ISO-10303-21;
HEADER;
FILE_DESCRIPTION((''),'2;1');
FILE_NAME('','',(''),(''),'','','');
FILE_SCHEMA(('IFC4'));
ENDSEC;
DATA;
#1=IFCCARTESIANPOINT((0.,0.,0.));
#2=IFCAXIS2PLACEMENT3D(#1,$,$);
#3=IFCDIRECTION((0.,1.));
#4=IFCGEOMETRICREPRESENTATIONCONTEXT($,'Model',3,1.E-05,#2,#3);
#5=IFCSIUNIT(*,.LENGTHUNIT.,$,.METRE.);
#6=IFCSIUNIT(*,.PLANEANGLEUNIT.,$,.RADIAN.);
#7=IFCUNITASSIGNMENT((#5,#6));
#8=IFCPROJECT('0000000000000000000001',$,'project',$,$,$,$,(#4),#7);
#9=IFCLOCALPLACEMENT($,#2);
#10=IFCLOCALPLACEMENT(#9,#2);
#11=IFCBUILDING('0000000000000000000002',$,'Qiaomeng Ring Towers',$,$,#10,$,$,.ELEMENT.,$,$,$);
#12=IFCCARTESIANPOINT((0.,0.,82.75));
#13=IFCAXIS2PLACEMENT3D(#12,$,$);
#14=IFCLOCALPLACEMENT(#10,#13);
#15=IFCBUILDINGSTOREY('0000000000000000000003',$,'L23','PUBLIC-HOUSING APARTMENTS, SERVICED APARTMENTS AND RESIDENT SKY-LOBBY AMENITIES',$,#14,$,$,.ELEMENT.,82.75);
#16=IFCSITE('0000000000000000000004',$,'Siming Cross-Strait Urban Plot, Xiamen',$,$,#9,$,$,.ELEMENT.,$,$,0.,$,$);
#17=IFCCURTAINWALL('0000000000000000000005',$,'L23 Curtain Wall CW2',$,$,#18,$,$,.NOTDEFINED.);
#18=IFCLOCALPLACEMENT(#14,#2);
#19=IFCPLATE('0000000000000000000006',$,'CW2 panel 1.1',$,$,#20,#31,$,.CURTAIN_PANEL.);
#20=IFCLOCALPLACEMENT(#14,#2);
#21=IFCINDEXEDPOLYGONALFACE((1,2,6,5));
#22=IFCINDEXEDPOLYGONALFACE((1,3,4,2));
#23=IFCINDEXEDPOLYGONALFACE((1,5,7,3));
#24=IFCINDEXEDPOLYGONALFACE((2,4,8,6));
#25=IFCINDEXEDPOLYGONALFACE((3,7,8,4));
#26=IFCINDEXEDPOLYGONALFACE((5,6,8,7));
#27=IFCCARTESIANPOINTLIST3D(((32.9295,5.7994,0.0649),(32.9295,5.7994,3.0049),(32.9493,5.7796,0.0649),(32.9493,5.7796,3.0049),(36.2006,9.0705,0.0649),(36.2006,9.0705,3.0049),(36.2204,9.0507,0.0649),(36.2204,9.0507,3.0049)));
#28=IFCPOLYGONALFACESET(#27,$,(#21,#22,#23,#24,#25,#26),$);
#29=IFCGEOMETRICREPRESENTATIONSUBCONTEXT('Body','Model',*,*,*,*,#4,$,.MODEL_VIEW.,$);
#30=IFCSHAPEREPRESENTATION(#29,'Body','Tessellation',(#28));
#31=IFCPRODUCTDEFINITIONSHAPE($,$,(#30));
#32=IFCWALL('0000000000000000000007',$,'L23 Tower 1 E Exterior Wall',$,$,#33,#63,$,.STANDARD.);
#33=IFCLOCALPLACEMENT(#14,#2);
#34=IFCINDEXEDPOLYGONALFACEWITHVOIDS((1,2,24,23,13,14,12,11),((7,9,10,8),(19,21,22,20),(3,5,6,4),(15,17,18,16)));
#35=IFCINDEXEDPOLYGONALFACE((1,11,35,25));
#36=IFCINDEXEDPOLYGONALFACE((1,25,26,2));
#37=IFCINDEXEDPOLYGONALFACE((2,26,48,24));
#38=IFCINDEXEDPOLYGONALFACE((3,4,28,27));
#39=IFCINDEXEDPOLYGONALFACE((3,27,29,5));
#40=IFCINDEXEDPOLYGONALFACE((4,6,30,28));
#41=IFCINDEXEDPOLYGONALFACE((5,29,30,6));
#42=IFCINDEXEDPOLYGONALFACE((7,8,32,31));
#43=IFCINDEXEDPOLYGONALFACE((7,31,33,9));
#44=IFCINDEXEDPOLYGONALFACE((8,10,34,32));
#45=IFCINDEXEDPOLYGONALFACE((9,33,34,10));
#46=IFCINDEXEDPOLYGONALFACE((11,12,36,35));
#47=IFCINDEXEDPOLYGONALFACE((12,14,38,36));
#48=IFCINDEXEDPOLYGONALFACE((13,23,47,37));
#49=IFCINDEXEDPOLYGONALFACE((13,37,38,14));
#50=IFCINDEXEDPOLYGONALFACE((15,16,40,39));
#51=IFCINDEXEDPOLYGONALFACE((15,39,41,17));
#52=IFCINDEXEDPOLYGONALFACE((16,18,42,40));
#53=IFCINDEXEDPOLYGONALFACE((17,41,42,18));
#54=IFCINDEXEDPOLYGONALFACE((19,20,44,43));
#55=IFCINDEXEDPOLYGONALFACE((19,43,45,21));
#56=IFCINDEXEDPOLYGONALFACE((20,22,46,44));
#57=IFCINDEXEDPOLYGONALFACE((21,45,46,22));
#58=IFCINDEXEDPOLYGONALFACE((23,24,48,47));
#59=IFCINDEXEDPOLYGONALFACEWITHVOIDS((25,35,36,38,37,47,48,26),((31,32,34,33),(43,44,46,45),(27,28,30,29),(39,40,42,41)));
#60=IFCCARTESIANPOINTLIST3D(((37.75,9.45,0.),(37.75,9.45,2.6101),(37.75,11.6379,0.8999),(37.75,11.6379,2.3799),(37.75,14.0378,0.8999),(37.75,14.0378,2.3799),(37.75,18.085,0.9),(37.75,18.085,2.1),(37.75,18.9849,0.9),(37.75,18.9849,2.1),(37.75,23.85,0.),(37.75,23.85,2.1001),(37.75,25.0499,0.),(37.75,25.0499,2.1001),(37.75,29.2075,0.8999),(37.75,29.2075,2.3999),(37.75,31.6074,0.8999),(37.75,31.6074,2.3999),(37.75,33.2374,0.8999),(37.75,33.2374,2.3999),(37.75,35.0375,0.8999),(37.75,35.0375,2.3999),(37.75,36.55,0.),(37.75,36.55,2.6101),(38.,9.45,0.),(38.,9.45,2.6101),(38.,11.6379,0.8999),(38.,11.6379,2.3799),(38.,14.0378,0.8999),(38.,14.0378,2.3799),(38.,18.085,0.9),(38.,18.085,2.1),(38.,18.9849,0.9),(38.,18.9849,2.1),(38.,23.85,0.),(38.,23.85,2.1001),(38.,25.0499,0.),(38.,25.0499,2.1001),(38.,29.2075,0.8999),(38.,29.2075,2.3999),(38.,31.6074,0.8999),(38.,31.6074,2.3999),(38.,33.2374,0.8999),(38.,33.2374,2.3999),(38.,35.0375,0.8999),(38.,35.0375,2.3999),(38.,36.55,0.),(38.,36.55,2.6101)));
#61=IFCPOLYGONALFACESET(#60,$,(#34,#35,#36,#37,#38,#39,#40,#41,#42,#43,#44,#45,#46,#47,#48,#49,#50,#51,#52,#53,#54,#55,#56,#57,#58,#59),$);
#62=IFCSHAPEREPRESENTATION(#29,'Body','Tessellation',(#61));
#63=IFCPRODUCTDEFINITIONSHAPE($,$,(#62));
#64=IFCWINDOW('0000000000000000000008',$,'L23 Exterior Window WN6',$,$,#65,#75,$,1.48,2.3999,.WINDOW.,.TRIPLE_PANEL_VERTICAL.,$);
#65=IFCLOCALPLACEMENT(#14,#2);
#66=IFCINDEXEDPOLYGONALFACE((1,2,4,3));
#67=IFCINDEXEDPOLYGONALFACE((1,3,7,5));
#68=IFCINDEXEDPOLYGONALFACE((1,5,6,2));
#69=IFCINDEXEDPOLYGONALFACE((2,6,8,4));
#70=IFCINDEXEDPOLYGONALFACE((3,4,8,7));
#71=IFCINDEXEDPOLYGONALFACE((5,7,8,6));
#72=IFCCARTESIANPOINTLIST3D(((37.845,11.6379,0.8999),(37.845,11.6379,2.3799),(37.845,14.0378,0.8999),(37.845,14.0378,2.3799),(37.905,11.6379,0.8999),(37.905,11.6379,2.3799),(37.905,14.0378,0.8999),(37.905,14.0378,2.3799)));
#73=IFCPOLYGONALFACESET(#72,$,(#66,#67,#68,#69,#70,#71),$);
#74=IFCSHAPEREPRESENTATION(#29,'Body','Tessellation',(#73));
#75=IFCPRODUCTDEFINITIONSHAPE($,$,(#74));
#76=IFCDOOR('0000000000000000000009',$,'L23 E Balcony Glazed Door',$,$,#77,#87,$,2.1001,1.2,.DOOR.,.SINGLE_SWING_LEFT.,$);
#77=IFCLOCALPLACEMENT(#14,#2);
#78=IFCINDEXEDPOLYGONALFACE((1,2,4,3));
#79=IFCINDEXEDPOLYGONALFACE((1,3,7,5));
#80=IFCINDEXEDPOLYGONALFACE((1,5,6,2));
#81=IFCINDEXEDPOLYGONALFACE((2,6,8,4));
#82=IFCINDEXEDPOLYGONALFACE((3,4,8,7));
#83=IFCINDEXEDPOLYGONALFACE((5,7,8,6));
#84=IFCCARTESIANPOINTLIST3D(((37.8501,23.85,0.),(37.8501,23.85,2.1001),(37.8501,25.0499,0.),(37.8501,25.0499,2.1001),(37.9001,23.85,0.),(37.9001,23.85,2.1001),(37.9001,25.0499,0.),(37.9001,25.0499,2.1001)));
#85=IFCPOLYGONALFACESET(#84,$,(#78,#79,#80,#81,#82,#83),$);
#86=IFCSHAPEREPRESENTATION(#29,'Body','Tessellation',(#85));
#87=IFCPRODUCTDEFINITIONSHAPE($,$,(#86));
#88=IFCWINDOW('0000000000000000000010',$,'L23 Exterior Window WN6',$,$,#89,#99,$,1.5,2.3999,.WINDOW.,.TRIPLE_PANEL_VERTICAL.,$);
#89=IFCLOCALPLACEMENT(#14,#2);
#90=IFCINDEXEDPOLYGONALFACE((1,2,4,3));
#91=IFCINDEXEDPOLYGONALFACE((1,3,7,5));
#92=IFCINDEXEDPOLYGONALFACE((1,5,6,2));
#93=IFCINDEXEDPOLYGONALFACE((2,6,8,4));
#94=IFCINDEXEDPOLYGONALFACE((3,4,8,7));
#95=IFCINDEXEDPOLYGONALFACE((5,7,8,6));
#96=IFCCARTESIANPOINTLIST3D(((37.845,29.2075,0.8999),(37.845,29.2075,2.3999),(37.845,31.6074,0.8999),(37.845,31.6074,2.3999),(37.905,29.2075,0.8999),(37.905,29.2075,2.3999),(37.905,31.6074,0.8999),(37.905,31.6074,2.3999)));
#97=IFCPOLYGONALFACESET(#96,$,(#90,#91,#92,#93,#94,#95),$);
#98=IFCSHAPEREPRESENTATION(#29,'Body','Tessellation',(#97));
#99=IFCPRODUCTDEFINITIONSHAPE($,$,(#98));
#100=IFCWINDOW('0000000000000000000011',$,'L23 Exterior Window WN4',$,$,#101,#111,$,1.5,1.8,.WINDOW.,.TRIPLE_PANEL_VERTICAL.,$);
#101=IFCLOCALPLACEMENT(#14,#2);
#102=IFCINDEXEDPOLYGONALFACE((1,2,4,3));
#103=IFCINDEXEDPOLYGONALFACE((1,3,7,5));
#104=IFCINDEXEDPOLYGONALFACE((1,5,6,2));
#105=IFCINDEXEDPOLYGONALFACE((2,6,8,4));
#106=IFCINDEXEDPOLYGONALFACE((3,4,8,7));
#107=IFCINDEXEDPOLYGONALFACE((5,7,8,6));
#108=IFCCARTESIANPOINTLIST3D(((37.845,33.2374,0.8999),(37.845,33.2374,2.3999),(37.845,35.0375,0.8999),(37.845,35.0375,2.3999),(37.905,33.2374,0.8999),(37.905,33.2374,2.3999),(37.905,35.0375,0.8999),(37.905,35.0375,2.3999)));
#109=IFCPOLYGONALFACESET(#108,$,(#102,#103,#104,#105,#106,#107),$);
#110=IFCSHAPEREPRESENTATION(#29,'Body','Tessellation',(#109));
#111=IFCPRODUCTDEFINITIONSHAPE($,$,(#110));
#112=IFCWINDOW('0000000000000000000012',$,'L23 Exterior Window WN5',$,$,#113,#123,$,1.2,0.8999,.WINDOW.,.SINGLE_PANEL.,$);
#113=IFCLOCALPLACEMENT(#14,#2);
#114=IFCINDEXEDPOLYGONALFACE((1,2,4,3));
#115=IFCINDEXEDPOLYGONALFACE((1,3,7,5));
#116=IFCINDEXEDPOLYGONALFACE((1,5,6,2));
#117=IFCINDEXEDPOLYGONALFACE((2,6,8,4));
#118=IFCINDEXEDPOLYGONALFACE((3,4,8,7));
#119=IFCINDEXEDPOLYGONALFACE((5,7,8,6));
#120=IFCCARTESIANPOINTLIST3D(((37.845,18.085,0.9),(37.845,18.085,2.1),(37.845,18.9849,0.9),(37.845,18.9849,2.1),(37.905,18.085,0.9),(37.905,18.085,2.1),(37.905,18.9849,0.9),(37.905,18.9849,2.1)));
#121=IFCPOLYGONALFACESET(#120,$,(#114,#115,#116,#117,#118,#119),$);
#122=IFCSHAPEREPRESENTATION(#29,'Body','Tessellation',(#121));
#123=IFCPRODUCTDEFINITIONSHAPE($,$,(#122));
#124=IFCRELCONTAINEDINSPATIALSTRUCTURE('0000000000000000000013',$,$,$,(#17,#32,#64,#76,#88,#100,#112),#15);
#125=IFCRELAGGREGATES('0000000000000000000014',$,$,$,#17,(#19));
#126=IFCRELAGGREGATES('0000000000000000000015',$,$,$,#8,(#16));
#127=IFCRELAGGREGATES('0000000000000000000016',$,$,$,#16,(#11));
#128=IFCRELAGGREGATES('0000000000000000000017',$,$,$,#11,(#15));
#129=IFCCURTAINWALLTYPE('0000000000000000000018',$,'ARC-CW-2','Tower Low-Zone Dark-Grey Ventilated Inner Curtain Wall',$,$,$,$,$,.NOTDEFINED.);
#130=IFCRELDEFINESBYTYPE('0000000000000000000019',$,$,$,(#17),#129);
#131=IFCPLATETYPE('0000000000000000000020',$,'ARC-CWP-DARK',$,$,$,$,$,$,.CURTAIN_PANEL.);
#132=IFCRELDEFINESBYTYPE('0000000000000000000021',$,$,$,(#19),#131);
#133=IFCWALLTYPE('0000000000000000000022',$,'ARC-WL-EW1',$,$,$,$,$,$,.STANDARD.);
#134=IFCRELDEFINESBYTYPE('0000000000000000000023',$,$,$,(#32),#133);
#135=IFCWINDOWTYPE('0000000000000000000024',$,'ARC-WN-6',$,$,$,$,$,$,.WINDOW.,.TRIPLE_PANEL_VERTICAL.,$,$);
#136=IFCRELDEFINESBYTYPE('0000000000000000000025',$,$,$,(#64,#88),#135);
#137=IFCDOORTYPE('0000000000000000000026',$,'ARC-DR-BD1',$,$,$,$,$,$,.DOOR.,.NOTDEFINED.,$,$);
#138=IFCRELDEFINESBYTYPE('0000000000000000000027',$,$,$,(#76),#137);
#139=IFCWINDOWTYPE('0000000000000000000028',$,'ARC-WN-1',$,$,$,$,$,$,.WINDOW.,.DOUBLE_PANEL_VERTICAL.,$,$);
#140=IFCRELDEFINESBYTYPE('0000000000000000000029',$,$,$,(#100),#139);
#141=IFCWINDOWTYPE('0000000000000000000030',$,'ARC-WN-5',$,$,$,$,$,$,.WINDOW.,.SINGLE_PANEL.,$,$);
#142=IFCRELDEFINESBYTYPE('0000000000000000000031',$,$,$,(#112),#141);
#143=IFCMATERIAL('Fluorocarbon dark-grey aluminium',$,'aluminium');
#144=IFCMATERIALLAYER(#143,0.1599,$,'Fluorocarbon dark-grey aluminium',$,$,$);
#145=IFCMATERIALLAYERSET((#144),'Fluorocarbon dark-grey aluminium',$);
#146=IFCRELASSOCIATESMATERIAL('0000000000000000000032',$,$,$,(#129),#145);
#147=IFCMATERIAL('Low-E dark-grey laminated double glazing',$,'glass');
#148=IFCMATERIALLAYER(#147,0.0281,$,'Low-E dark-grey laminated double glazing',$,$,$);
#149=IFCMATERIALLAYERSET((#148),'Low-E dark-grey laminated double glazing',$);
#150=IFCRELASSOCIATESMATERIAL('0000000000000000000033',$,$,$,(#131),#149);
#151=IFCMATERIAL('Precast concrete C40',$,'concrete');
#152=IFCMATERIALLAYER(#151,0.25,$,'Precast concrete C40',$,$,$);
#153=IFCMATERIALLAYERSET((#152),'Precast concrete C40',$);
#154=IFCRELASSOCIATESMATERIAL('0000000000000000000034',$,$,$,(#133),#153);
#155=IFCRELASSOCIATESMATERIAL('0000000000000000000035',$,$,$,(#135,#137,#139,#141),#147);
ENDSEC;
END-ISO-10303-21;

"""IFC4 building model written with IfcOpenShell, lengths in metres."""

from ifc_helpers import new_model, si_unit, direction, frame, frame_2d, origin, origin_2d, place, context, subcontext, project, spatial, rectangle, extrude, source, transform, mapped, material, layer, layer_set, type_object, element, fill, aggregate, save


model = new_model("IFC4")

# Units and contexts
model_context = context("Model", 3, precision=1e-05, world=origin(), true_north=direction((0.0, 1.0)))
body_context = subcontext(model_context, "Body", "Model", "MODEL_VIEW")
ifc_project = project(units=[si_unit("LENGTHUNIT", "METRE"), si_unit("PLANEANGLEUNIT", "RADIAN")], contexts=[model_context])

# Site, building, storey
site_placement = place(None, origin())
site = spatial("IfcSite", under=ifc_project, at=site_placement, Name="Siming Cross-Strait Urban Plot, Xiamen", CompositionType="ELEMENT", RefElevation=0.0)
building_placement = place(site_placement, origin())
building = spatial("IfcBuilding", under=site, at=building_placement, Name="Qiaomeng Ring Towers", CompositionType="ELEMENT")
storey_placement = place(building_placement, frame((0.0, 0.0, 82.75)))
storey = spatial("IfcBuildingStorey", under=building, at=storey_placement, Name="L23", Description="PUBLIC-HOUSING APARTMENTS, SERVICED APARTMENTS AND RESIDENT SKY-LOBBY AMENITIES", CompositionType="ELEMENT", Elevation=82.75)

# Curtain wall
ifc_material_1 = material(Name="Fluorocarbon dark-grey aluminium", Category="aluminium")
ifc_layer_1 = layer(ifc_material_1, 0.1599, Name="Fluorocarbon dark-grey aluminium")
ifc_layer_set_1 = layer_set([ifc_layer_1], Name="Fluorocarbon dark-grey aluminium")
curtain_wall_type = type_object("IfcCurtainWallType", Name="ARC-CW-2", Description="Tower Low-Zone Dark-Grey Ventilated Inner Curtain Wall", PredefinedType="NOTDEFINED", material=ifc_layer_set_1)
curtain_wall_placement = place(storey_placement, origin())
curtain_wall = element("IfcCurtainWall", 1, at=curtain_wall_placement, inside=storey, type_object=curtain_wall_type, Name="L23 Curtain Wall CW2", PredefinedType="NOTDEFINED")

# Plate
ifc_material_2 = material(Name="Low-E dark-grey laminated double glazing", Category="glass")
ifc_layer_2 = layer(ifc_material_2, 0.0281, Name="Low-E dark-grey laminated double glazing")
ifc_layer_set_2 = layer_set([ifc_layer_2], Name="Low-E dark-grey laminated double glazing")
plate_type = type_object("IfcPlateType", Name="ARC-CWP-DARK", PredefinedType="CURTAIN_PANEL", material=ifc_layer_set_2)
shared_shape_1 = source(origin(), body_context, "Body", "SweptSolid", [
    extrude(rectangle(XDim=4.626, YDim=0.0281, at=origin_2d()), origin(), (0.0, 0.0, 1.0), 2.9399),
])
plate_placement = place(storey_placement, frame((34.575, 7.425, 0.0649), z_axis=(0.0, 0.0, 1.0), x_axis=(0.707107, 0.707107, 0.0)))
plate = element("IfcPlate", 2, at=plate_placement, type_object=plate_type, Name="CW2 panel 1.1", PredefinedType="CURTAIN_PANEL", context=body_context, shape_type="MappedRepresentation", body=[
    mapped(shared_shape_1, transform((0.0, 0.0, 0.0), x_axis=(1.0, 0.0, 0.0), y_axis=(0.0, 1.0, 0.0), z_axis=(0.0, 0.0, 1.0), scale=1.0)),
])
aggregate(curtain_wall, [plate])

# Wall, openings, windows, door
ifc_material_3 = material(Name="Precast concrete C40", Category="concrete")
ifc_layer_3 = layer(ifc_material_3, 0.25, Name="Precast concrete C40")
ifc_layer_set_3 = layer_set([ifc_layer_3], Name="Precast concrete C40")
wall_type_1 = type_object("IfcWallType", Name="ARC-WL-EW1", PredefinedType="STANDARD", material=ifc_layer_set_3)
wall_1_placement = place(storey_placement, frame((37.875, 9.45, 0.0), z_axis=(0.0, 0.0, 1.0), x_axis=(0.0, 1.0, 0.0)))
wall_1 = element("IfcWall", 3, at=wall_1_placement, inside=storey, type_object=wall_type_1, Name="L23 Tower 1 E Exterior Wall", PredefinedType="STANDARD", context=body_context, shape_type="SweptSolid", body=[
    extrude(rectangle(XDim=27.1001, YDim=0.25, at=frame_2d((13.55, 0.0))), origin(), (0.0, 0.0, 1.0), 2.6101),
])
opening_1_placement = place(wall_1_placement, frame((14.3999, 0.0, 0.0)))
opening_1 = element("IfcOpeningElement", 4, at=opening_1_placement, cuts=wall_1, PredefinedType="OPENING", context=body_context, shape_type="SweptSolid", body=[
    extrude(rectangle(XDim=1.2, YDim=2.1001, at=frame_2d((0.6001, 1.05))), frame((0.0, 0.135, 0.0), z_axis=(0.0, -1.0, 0.0), x_axis=(1.0, 0.0, 0.0)), (0.0, 0.0, 1.0), 0.27),
])
opening_2_placement = place(wall_1_placement, frame((2.188, 0.0, 0.8999)))
opening_2 = element("IfcOpeningElement", 5, at=opening_2_placement, cuts=wall_1, PredefinedType="OPENING", context=body_context, shape_type="SweptSolid", body=[
    extrude(rectangle(XDim=2.3999, YDim=1.48, at=frame_2d((1.2, 0.74))), frame((0.0, 0.135, 0.0), z_axis=(0.0, -1.0, 0.0), x_axis=(1.0, 0.0, 0.0)), (0.0, 0.0, 1.0), 0.27),
])
opening_3_placement = place(wall_1_placement, frame((23.7876, 0.0, 0.8999)))
opening_3 = element("IfcOpeningElement", 6, at=opening_3_placement, cuts=wall_1, PredefinedType="OPENING", context=body_context, shape_type="SweptSolid", body=[
    extrude(rectangle(XDim=1.8, YDim=1.5, at=frame_2d((0.8999, 0.75))), frame((0.0, 0.135, 0.0), z_axis=(0.0, -1.0, 0.0), x_axis=(1.0, 0.0, 0.0)), (0.0, 0.0, 1.0), 0.27),
])
opening_4_placement = place(wall_1_placement, frame((19.7576, 0.0, 0.8999)))
opening_4 = element("IfcOpeningElement", 7, at=opening_4_placement, cuts=wall_1, PredefinedType="OPENING", context=body_context, shape_type="SweptSolid", body=[
    extrude(rectangle(XDim=2.3999, YDim=1.5, at=frame_2d((1.2, 0.75))), frame((0.0, 0.135, 0.0), z_axis=(0.0, -1.0, 0.0), x_axis=(1.0, 0.0, 0.0)), (0.0, 0.0, 1.0), 0.27),
])
opening_5_placement = place(wall_1_placement, frame((8.635, 0.0, 0.8999)))
opening_5 = element("IfcOpeningElement", 8, at=opening_5_placement, cuts=wall_1, PredefinedType="OPENING", context=body_context, shape_type="SweptSolid", body=[
    extrude(rectangle(XDim=0.8999, YDim=1.2, at=frame_2d((0.45, 0.6001))), frame((0.0, 0.135, 0.0), z_axis=(0.0, -1.0, 0.0), x_axis=(1.0, 0.0, 0.0)), (0.0, 0.0, 1.0), 0.27),
])
window_type_1 = type_object("IfcWindowType", Name="ARC-WN-6", PartitioningType="TRIPLE_PANEL_VERTICAL", PredefinedType="WINDOW", material=ifc_material_2)
shared_shape_2 = source(origin(), body_context, "Body", "SweptSolid", [
    extrude(rectangle(XDim=2.3999, YDim=1.48, at=frame_2d((1.2, 0.74))), frame((0.0, 0.03, 0.0), z_axis=(0.0, -1.0, 0.0), x_axis=(1.0, 0.0, 0.0)), (0.0, 0.0, 1.0), 0.0601),
])
window_1_placement = place(opening_2_placement, origin())
window_1 = element("IfcWindow", 9, at=window_1_placement, inside=storey, type_object=window_type_1, Name="L23 Exterior Window WN6", OverallHeight=1.48, OverallWidth=2.3999, PartitioningType="TRIPLE_PANEL_VERTICAL", PredefinedType="WINDOW", context=body_context, shape_type="MappedRepresentation", body=[
    mapped(shared_shape_2, transform((0.0, 0.0, 0.0), x_axis=(1.0, 0.0, 0.0), y_axis=(0.0, 1.0, 0.0), z_axis=(0.0, 0.0, 1.0), scale=1.0)),
])
fill(opening_2, window_1)
door_type = type_object("IfcDoorType", Name="ARC-DR-BD1", OperationType="NOTDEFINED", PredefinedType="DOOR", material=ifc_material_2)
shared_shape_3 = source(origin(), body_context, "Body", "SweptSolid", [
    extrude(rectangle(XDim=1.2, YDim=2.1001, at=frame_2d((0.6001, 1.05))), frame((0.0, 0.0249, 0.0), z_axis=(0.0, -1.0, 0.0), x_axis=(1.0, 0.0, 0.0)), (0.0, 0.0, 1.0), 0.05),
])
door_placement = place(opening_1_placement, origin())
door = element("IfcDoor", 10, at=door_placement, inside=storey, type_object=door_type, Name="L23 E Balcony Glazed Door", OperationType="SINGLE_SWING_LEFT", OverallHeight=2.1001, OverallWidth=1.2, PredefinedType="DOOR", context=body_context, shape_type="MappedRepresentation", body=[
    mapped(shared_shape_3, transform((0.0, 0.0, 0.0), x_axis=(1.0, 0.0, 0.0), y_axis=(0.0, 1.0, 0.0), z_axis=(0.0, 0.0, 1.0), scale=1.0)),
])
fill(opening_1, door)
shared_shape_4 = source(origin(), body_context, "Body", "SweptSolid", [
    extrude(rectangle(XDim=2.3999, YDim=1.5, at=frame_2d((1.2, 0.75))), frame((0.0, 0.03, 0.0), z_axis=(0.0, -1.0, 0.0), x_axis=(1.0, 0.0, 0.0)), (0.0, 0.0, 1.0), 0.0601),
])
window_2_placement = place(opening_4_placement, origin())
window_2 = element("IfcWindow", 11, at=window_2_placement, inside=storey, type_object=window_type_1, Name="L23 Exterior Window WN6", OverallHeight=1.5, OverallWidth=2.3999, PartitioningType="TRIPLE_PANEL_VERTICAL", PredefinedType="WINDOW", context=body_context, shape_type="MappedRepresentation", body=[
    mapped(shared_shape_4, transform((0.0, 0.0, 0.0), x_axis=(1.0, 0.0, 0.0), y_axis=(0.0, 1.0, 0.0), z_axis=(0.0, 0.0, 1.0), scale=1.0)),
])
fill(opening_4, window_2)
window_type_2 = type_object("IfcWindowType", Name="ARC-WN-1", PartitioningType="DOUBLE_PANEL_VERTICAL", PredefinedType="WINDOW", material=ifc_material_2)
shared_shape_5 = source(origin(), body_context, "Body", "SweptSolid", [
    extrude(rectangle(XDim=1.8, YDim=1.5, at=frame_2d((0.8999, 0.75))), frame((0.0, 0.03, 0.0), z_axis=(0.0, -1.0, 0.0), x_axis=(1.0, 0.0, 0.0)), (0.0, 0.0, 1.0), 0.0601),
])
window_3_placement = place(opening_3_placement, origin())
window_3 = element("IfcWindow", 12, at=window_3_placement, inside=storey, type_object=window_type_2, Name="L23 Exterior Window WN4", OverallHeight=1.5, OverallWidth=1.8, PartitioningType="TRIPLE_PANEL_VERTICAL", PredefinedType="WINDOW", context=body_context, shape_type="MappedRepresentation", body=[
    mapped(shared_shape_5, transform((0.0, 0.0, 0.0), x_axis=(1.0, 0.0, 0.0), y_axis=(0.0, 1.0, 0.0), z_axis=(0.0, 0.0, 1.0), scale=1.0)),
])
fill(opening_3, window_3)
window_type_3 = type_object("IfcWindowType", Name="ARC-WN-5", PartitioningType="SINGLE_PANEL", PredefinedType="WINDOW", material=ifc_material_2)
shared_shape_6 = source(origin(), body_context, "Body", "SweptSolid", [
    extrude(rectangle(XDim=0.8999, YDim=1.2, at=frame_2d((0.45, 0.6001))), frame((0.0, 0.03, 0.0), z_axis=(0.0, -1.0, 0.0), x_axis=(1.0, 0.0, 0.0)), (0.0, 0.0, 1.0), 0.0601),
])
window_4_placement = place(opening_5_placement, origin())
window_4 = element("IfcWindow", 13, at=window_4_placement, inside=storey, type_object=window_type_3, Name="L23 Exterior Window WN5", OverallHeight=1.2, OverallWidth=0.8999, PartitioningType="SINGLE_PANEL", PredefinedType="WINDOW", context=body_context, shape_type="MappedRepresentation", body=[
    mapped(shared_shape_6, transform((0.0, 0.0, 0.0), x_axis=(1.0, 0.0, 0.0), y_axis=(0.0, 1.0, 0.0), z_axis=(0.0, 0.0, 1.0), scale=1.0)),
])
fill(opening_5, window_4)

save(model, "model.ifc")
